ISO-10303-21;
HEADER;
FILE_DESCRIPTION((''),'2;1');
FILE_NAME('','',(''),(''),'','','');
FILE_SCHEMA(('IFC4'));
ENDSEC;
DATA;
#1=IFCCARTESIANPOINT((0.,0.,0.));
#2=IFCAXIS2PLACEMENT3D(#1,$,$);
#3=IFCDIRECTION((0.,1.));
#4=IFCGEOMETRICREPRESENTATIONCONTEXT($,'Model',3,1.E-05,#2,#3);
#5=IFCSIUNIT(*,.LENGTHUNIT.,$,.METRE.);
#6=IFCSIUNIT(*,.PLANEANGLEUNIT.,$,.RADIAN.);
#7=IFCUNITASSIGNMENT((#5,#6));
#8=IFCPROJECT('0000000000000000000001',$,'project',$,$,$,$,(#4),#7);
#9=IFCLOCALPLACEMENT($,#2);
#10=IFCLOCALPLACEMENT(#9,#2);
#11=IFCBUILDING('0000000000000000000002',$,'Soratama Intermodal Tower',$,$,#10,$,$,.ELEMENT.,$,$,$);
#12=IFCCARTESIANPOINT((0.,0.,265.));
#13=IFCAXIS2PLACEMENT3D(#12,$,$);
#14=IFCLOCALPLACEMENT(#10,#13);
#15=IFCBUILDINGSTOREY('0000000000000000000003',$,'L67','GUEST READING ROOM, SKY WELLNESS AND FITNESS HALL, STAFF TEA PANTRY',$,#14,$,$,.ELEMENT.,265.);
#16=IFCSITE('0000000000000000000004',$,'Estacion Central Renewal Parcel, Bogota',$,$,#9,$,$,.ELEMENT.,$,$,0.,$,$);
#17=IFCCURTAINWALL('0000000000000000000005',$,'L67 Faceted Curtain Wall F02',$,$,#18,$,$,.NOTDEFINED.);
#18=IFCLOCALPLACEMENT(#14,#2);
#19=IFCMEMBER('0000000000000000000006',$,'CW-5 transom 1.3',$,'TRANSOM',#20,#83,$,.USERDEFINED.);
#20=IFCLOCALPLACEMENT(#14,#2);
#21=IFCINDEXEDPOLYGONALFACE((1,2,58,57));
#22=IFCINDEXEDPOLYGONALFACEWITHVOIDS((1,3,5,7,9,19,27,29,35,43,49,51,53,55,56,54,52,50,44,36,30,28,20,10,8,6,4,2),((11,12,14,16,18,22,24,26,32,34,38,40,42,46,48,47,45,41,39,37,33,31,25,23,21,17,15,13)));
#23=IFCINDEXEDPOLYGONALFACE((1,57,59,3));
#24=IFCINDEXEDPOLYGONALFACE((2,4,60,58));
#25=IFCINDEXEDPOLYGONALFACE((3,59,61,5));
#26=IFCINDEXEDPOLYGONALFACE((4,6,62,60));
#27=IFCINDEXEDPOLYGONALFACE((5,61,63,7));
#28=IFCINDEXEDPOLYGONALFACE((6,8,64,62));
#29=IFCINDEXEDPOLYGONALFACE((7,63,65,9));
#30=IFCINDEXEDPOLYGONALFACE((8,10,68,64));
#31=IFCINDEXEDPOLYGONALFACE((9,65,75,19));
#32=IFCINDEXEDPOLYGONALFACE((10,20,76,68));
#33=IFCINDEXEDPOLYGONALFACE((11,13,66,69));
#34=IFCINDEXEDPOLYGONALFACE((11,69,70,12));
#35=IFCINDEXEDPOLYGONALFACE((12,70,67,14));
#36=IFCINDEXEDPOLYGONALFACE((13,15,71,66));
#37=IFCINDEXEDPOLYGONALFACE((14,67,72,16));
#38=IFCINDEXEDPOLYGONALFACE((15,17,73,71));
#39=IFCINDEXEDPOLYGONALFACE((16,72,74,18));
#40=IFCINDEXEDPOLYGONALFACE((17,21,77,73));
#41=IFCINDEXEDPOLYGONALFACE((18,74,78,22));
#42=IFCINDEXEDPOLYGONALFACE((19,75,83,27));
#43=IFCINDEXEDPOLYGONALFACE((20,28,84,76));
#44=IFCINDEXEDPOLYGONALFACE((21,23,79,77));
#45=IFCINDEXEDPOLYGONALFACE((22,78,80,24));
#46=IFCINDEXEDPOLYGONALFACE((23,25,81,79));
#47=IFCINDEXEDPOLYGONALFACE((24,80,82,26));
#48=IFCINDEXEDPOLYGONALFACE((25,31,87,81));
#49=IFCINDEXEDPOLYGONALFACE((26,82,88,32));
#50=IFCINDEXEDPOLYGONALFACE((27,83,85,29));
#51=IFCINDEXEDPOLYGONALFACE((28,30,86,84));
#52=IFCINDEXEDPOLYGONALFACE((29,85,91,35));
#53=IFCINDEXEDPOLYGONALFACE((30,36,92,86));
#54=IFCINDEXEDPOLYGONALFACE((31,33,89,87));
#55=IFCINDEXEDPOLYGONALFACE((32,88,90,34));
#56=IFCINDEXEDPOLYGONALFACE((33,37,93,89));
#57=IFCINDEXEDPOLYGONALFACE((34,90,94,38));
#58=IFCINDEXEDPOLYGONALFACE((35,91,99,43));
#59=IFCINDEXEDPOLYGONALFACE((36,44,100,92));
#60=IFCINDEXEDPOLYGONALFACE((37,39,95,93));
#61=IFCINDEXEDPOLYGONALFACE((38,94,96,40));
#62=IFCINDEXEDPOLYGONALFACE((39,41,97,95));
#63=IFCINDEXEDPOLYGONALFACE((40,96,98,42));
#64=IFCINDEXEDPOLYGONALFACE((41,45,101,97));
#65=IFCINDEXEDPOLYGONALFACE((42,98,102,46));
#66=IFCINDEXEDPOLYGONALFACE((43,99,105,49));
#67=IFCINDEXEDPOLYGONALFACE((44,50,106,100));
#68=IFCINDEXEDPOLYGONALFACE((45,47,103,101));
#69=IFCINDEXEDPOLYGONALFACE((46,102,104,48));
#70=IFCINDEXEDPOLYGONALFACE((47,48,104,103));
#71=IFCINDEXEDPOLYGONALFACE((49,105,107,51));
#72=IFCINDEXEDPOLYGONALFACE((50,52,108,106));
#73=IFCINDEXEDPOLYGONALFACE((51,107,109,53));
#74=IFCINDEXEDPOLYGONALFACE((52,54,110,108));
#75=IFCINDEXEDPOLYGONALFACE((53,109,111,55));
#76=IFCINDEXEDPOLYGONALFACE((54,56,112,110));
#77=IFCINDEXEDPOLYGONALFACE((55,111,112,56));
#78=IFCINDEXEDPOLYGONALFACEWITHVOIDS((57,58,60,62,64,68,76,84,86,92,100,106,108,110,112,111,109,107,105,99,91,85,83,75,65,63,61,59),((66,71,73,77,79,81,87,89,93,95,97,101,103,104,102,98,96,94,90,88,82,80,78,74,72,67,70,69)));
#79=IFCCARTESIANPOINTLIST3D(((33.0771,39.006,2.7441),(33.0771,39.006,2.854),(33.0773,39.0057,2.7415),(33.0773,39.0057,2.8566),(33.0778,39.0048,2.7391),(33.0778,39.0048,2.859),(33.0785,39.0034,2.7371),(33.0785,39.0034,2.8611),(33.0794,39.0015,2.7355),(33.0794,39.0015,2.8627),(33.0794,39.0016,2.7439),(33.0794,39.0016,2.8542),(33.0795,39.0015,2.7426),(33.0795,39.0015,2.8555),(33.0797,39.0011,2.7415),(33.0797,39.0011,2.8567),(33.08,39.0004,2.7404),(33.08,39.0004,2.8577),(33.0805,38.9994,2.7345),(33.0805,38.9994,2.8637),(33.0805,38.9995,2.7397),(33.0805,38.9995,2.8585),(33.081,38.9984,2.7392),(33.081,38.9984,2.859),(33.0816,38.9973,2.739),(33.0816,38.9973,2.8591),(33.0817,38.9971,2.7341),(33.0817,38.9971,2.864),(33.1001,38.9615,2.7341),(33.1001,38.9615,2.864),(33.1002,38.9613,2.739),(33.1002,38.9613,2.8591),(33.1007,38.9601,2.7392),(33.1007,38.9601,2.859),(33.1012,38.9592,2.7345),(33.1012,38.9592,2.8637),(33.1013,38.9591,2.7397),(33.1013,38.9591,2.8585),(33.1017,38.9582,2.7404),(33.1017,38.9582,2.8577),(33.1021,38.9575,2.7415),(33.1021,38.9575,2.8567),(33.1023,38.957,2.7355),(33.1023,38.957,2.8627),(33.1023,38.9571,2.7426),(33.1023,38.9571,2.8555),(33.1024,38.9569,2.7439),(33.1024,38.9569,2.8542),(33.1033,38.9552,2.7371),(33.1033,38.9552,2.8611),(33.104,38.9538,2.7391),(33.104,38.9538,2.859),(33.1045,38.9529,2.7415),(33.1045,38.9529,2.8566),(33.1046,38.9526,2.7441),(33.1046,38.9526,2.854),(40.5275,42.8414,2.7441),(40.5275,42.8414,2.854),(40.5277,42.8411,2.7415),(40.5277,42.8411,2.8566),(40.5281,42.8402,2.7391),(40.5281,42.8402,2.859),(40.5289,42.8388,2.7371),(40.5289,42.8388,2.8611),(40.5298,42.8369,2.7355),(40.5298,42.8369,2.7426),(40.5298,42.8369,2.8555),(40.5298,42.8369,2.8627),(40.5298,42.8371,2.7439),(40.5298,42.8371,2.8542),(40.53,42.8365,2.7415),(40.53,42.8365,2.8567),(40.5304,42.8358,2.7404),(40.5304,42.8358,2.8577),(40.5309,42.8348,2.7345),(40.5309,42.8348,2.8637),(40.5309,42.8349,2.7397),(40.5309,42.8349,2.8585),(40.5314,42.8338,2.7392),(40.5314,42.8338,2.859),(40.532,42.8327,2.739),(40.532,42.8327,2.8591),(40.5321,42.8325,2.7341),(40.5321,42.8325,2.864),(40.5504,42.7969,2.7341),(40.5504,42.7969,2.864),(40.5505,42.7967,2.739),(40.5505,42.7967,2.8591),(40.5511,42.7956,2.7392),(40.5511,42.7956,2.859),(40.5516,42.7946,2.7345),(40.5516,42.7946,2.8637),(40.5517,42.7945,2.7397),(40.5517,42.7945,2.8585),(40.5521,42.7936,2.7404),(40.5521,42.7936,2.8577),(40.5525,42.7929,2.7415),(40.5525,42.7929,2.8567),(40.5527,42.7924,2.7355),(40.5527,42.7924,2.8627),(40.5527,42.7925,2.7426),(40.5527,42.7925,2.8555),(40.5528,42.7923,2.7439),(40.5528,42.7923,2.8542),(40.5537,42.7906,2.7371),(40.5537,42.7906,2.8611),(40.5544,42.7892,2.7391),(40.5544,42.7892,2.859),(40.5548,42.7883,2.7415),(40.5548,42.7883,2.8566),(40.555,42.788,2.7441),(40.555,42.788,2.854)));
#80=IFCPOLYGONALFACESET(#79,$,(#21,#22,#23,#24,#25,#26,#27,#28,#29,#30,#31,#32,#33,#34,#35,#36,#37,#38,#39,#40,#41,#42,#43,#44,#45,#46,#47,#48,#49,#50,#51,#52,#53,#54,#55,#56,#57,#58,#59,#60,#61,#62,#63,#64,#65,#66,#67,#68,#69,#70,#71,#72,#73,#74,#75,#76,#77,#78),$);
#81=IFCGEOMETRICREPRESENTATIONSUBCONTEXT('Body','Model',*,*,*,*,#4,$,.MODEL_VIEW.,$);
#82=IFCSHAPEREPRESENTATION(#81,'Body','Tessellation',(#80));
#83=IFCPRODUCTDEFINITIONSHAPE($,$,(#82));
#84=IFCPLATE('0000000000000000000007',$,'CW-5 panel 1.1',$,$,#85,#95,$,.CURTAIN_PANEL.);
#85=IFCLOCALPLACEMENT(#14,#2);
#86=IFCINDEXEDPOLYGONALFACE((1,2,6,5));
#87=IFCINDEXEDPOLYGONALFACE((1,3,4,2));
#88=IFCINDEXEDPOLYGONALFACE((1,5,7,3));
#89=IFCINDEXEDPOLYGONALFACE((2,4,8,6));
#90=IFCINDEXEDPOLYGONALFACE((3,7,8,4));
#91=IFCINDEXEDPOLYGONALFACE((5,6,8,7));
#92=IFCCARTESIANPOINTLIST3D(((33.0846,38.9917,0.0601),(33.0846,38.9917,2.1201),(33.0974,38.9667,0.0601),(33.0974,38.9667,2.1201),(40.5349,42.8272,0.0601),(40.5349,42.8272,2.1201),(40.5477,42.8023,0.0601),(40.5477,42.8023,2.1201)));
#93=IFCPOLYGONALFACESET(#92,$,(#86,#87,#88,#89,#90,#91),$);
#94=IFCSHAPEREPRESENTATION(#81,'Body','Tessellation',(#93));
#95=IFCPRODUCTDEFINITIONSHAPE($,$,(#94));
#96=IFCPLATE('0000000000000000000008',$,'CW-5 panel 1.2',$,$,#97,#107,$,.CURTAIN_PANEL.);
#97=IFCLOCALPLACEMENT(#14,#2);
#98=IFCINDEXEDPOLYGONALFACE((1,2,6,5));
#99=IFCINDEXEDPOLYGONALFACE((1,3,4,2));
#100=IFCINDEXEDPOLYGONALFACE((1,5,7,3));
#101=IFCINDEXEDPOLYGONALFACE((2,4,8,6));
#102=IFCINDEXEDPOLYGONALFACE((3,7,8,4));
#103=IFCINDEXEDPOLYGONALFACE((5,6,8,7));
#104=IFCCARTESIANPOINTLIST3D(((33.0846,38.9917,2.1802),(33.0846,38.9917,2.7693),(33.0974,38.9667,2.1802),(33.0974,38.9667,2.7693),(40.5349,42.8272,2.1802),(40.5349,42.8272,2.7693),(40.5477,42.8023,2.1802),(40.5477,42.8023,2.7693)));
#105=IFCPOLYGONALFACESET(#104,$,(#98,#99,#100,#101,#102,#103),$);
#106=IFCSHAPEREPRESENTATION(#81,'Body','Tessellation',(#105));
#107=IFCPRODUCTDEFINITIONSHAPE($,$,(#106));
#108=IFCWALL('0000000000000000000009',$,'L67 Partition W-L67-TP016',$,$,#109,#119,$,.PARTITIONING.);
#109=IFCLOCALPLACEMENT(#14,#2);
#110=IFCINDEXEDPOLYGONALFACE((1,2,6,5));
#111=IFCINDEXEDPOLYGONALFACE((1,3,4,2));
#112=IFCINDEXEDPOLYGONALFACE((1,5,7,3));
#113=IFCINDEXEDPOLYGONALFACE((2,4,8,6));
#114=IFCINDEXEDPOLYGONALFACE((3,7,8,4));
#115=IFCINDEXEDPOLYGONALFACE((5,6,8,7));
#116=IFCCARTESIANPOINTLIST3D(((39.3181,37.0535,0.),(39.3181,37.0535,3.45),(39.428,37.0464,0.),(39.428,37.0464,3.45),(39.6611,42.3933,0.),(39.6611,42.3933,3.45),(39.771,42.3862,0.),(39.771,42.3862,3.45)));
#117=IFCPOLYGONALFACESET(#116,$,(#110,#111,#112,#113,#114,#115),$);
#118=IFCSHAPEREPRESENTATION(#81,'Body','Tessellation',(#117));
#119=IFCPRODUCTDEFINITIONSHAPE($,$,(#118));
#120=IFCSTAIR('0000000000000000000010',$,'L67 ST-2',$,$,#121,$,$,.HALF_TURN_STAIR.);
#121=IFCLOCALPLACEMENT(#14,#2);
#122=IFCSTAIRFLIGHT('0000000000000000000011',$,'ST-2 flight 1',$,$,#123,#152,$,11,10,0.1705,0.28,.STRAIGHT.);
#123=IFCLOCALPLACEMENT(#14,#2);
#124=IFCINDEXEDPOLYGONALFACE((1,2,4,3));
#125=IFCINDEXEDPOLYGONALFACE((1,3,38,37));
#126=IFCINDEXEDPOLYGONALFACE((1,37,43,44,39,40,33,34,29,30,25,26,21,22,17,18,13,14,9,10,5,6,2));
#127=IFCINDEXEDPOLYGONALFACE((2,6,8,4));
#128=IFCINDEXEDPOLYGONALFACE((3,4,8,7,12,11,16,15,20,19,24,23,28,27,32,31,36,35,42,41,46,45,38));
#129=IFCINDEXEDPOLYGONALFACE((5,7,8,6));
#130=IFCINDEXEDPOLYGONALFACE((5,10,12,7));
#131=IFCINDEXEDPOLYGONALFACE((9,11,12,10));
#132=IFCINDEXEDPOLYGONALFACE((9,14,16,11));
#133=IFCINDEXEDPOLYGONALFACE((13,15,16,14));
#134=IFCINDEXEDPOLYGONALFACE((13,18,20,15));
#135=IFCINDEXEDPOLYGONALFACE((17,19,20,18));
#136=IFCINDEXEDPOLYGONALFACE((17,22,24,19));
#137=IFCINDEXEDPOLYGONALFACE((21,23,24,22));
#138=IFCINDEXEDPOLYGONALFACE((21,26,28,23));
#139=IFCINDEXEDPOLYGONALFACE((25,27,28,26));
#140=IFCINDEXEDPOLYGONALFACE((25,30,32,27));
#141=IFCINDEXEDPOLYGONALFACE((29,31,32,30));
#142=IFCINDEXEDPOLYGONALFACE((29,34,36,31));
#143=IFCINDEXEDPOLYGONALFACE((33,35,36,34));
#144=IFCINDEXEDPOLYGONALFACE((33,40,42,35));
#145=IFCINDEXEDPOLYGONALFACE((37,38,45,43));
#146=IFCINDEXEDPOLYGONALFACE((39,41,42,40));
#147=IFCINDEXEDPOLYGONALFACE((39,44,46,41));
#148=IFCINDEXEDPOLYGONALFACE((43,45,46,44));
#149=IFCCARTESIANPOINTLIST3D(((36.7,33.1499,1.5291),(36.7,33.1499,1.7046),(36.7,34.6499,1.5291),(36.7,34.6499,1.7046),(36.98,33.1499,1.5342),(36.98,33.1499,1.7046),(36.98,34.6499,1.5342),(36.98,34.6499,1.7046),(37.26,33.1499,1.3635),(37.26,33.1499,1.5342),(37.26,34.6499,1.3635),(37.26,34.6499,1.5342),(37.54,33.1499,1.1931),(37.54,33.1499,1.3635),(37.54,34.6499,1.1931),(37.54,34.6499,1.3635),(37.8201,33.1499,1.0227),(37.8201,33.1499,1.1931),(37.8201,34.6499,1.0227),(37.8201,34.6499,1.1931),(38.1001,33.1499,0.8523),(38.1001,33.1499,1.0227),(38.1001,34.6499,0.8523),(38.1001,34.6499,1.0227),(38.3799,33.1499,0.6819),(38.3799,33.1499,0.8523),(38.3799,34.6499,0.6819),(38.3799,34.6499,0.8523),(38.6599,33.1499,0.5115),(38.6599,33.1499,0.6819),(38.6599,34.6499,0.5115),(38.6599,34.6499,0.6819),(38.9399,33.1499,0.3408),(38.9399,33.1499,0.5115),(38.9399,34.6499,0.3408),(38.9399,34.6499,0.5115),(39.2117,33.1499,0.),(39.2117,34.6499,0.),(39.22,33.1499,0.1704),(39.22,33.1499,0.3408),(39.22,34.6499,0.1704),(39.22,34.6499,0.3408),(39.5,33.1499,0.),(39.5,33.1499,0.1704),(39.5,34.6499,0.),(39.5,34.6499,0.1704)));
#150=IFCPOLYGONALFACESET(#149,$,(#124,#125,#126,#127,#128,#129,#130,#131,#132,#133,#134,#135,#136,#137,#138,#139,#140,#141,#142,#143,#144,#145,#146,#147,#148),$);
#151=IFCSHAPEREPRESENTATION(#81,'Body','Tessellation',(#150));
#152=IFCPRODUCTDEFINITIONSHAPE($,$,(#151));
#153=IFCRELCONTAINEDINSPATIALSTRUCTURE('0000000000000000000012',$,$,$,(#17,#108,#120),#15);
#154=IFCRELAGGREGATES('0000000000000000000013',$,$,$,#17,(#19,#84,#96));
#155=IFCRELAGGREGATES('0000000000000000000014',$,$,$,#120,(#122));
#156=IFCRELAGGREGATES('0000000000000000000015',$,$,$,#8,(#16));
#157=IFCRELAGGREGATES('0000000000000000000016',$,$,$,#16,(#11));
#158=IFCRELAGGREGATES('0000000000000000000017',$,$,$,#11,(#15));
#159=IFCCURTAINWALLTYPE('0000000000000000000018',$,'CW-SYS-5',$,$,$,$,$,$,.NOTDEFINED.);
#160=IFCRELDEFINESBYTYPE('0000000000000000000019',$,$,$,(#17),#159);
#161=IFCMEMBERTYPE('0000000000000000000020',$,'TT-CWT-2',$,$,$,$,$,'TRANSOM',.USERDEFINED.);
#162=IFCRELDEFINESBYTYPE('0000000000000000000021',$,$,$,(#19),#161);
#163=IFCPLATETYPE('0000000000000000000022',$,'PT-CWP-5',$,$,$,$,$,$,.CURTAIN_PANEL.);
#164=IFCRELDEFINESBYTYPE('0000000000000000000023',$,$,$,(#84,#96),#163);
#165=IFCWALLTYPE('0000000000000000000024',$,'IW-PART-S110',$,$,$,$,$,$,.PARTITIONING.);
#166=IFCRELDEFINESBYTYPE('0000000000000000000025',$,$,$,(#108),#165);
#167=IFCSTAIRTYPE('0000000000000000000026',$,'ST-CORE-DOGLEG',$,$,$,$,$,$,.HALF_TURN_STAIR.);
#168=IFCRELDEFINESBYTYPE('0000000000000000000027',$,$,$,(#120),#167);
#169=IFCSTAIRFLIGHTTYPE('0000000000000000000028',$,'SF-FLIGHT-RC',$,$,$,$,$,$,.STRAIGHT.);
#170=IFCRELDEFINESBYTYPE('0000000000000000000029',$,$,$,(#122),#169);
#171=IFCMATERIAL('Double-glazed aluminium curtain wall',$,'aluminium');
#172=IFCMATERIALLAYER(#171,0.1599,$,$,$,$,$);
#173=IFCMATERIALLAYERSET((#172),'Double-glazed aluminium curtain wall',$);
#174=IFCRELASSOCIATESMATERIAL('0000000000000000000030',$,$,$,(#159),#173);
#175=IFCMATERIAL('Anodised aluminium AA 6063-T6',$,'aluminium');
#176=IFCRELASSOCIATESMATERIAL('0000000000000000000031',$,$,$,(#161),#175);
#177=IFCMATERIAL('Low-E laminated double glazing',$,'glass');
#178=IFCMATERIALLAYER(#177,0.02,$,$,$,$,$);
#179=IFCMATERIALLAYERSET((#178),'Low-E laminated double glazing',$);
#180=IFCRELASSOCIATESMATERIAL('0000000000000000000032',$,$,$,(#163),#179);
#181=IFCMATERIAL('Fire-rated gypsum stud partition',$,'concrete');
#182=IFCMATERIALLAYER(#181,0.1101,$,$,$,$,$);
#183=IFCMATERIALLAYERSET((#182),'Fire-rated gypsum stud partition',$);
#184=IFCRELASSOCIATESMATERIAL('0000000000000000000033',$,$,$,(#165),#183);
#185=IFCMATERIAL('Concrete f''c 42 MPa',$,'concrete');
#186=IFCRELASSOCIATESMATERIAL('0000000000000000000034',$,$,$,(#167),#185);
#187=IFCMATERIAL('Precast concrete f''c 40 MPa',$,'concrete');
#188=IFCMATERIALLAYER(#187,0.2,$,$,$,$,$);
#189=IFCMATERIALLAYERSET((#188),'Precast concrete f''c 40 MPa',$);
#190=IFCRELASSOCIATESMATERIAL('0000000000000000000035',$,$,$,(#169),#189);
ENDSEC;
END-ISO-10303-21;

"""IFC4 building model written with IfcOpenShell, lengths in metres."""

from ifc_helpers import new_model, si_unit, direction, frame, frame_2d, origin, origin_2d, place, context, subcontext, project, spatial, polyline, rectangle, hollow_rectangle, outline, extrude, material, layer, layer_set, material_profile, profile_set, type_object, element, aggregate, save


model = new_model("IFC4")

# Units and contexts
model_context = context("Model", 3, precision=1e-05, world=origin(), true_north=direction((0.0, 1.0)))
body_context = subcontext(model_context, "Body", "Model", "MODEL_VIEW")
ifc_project = project(units=[si_unit("LENGTHUNIT", "METRE"), si_unit("PLANEANGLEUNIT", "RADIAN")], contexts=[model_context])

# Site, building, storey
site_placement = place(None, origin())
site = spatial("IfcSite", under=ifc_project, at=site_placement, Name="Estacion Central Renewal Parcel, Bogota", CompositionType="ELEMENT", RefElevation=0.0)
building_placement = place(site_placement, origin())
building = spatial("IfcBuilding", under=site, at=building_placement, Name="Soratama Intermodal Tower", CompositionType="ELEMENT")
storey_placement = place(building_placement, frame((0.0, 0.0, 265.0)))
storey = spatial("IfcBuildingStorey", under=building, at=storey_placement, Name="L67", Description="GUEST READING ROOM, SKY WELLNESS AND FITNESS HALL, STAFF TEA PANTRY", CompositionType="ELEMENT", Elevation=265.0)

# Curtain wall, member, plates
ifc_material_1 = material(Name="Double-glazed aluminium curtain wall", Category="aluminium")
ifc_layer_1 = layer(ifc_material_1, 0.1599)
ifc_layer_set_1 = layer_set([ifc_layer_1], Name="Double-glazed aluminium curtain wall")
curtain_wall_type = type_object("IfcCurtainWallType", Name="CW-SYS-5", PredefinedType="NOTDEFINED", material=ifc_layer_set_1)
curtain_wall_placement = place(storey_placement, origin())
curtain_wall = element("IfcCurtainWall", 1, at=curtain_wall_placement, inside=storey, type_object=curtain_wall_type, Name="L67 Faceted Curtain Wall F02", PredefinedType="NOTDEFINED")
ifc_material_2 = material(Name="Anodised aluminium AA 6063-T6", Category="aluminium")
ifc_material_profile_1 = material_profile(ifc_material_2, hollow_rectangle(XDim=0.0601, YDim=0.1299, WallThickness=0.0049, InnerFilletRadius=0.0049, OuterFilletRadius=0.01, at=origin_2d()), Name="CWT130X60X5")
ifc_profile_set_1 = profile_set([ifc_material_profile_1], Name="Anodised aluminium AA 6063-T6")
member_type_1 = type_object("IfcMemberType", Name="TT-CWT-2", ElementType="TRANSOM", PredefinedType="USERDEFINED", material=ifc_profile_set_1)
member_1_placement = place(storey_placement, frame((40.5413, 42.8147, 2.7991), z_axis=(-0.889104, -0.457706, 0.0), x_axis=(0.457706, -0.889104, 0.0)))
member_1 = element("IfcMember", 2, at=member_1_placement, type_object=member_type_1, Name="CW-5 transom 1.3", ObjectType="TRANSOM", PredefinedType="USERDEFINED", context=body_context, shape_type="SweptSolid", body=[
    extrude(hollow_rectangle(XDim=0.0601, YDim=0.1299, WallThickness=0.0049, InnerFilletRadius=0.0049, OuterFilletRadius=0.01, at=origin_2d()), origin(), (0.0, 0.0, 1.0), 8.3796),
])
ifc_material_3 = material(Name="Low-E laminated double glazing", Category="glass")
ifc_layer_2 = layer(ifc_material_3, 0.02)
ifc_layer_set_2 = layer_set([ifc_layer_2], Name="Low-E laminated double glazing")
plate_type = type_object("IfcPlateType", Name="PT-CWP-5", PredefinedType="CURTAIN_PANEL", material=ifc_layer_set_2)
plate_1_placement = place(storey_placement, frame((36.8162, 40.897, 0.0601), z_axis=(0.0, 0.0, 1.0), x_axis=(-0.889097, -0.457719, 0.0)))
plate_1 = element("IfcPlate", 3, at=plate_1_placement, type_object=plate_type, Name="CW-5 panel 1.1", PredefinedType="CURTAIN_PANEL", context=body_context, shape_type="SweptSolid", body=[
    extrude(rectangle(XDim=8.3796, YDim=0.0281, at=origin_2d()), origin(), (0.0, 0.0, 1.0), 2.0601),
])
plate_2_placement = place(storey_placement, frame((36.8162, 40.897, 2.1802), z_axis=(0.0, 0.0, 1.0), x_axis=(-0.889097, -0.457719, 0.0)))
plate_2 = element("IfcPlate", 4, at=plate_2_placement, type_object=plate_type, Name="CW-5 panel 1.2", PredefinedType="CURTAIN_PANEL", context=body_context, shape_type="SweptSolid", body=[
    extrude(rectangle(XDim=8.3796, YDim=0.0281, at=origin_2d()), origin(), (0.0, 0.0, 1.0), 0.5891),
])
aggregate(curtain_wall, [member_1, plate_1, plate_2])

# Wall
ifc_material_4 = material(Name="Fire-rated gypsum stud partition", Category="concrete")
ifc_layer_3 = layer(ifc_material_4, 0.1101)
ifc_layer_set_3 = layer_set([ifc_layer_3], Name="Fire-rated gypsum stud partition")
wall_type_1 = type_object("IfcWallType", Name="IW-PART-S110", PredefinedType="PARTITIONING", material=ifc_layer_set_3)
wall_1_placement = place(storey_placement, frame((39.373, 37.05, 0.0), z_axis=(0.0, 0.0, 1.0), x_axis=(0.064105, 0.997943, 0.0)))
element("IfcWall", 5, at=wall_1_placement, inside=storey, type_object=wall_type_1, Name="L67 Partition W-L67-TP016", PredefinedType="PARTITIONING", context=body_context, shape_type="SweptSolid", body=[
    extrude(rectangle(XDim=5.3508, YDim=0.1101, at=frame_2d((2.6753, 0.0))), origin(), (0.0, 0.0, 1.0), 3.45),
])

# Stair, stair flight
ifc_material_5 = material(Name="Concrete f'c 42 MPa", Category="concrete")
stair_type = type_object("IfcStairType", Name="ST-CORE-DOGLEG", PredefinedType="HALF_TURN_STAIR", material=ifc_material_5)
stair_placement = place(storey_placement, origin())
stair = element("IfcStair", 6, at=stair_placement, inside=storey, type_object=stair_type, Name="L67 ST-2", PredefinedType="HALF_TURN_STAIR")
ifc_material_6 = material(Name="Precast concrete f'c 40 MPa", Category="concrete")
ifc_layer_4 = layer(ifc_material_6, 0.2)
ifc_layer_set_4 = layer_set([ifc_layer_4], Name="Precast concrete f'c 40 MPa")
stair_flight_type = type_object("IfcStairFlightType", Name="SF-FLIGHT-RC", PredefinedType="STRAIGHT", material=ifc_layer_set_4)
stair_flight_placement = place(storey_placement, frame((39.5, 33.8999, 0.0), z_axis=(0.0, 0.0, 1.0), x_axis=(-1.0, 0.0, 0.0)))
stair_flight = element("IfcStairFlight", 7, at=stair_flight_placement, type_object=stair_flight_type, Name="ST-2 flight 1", NumberOfRisers=11, NumberOfTreads=10, PredefinedType="STRAIGHT", RiserHeight=0.1705, TreadLength=0.28, context=body_context, shape_type="SweptSolid", body=[
    extrude(outline(polyline([(0.0, 0.0), (0.0, 0.1704), (0.28, 0.1704), (0.28, 0.3408), (0.5601, 0.3408), (0.5601, 0.5115), (0.8401, 0.5115), (0.8401, 0.6819), (1.1201, 0.6819), (1.1201, 0.8523), (1.3999, 0.8523), (1.3999, 1.0227), (1.6799, 1.0227), (1.6799, 1.1931), (1.96, 1.1931), (1.96, 1.3635), (2.24, 1.3635), (2.24, 1.5342), (2.52, 1.5342), (2.52, 1.7046), (2.8, 1.7046), (2.8, 1.875), (2.8, 1.5291), (0.2883, 0.0), (0.0, 0.0)])), frame((0.0, 0.75, 0.0), z_axis=(0.0, -1.0, 0.0), x_axis=(1.0, 0.0, 0.0)), (0.0, 0.0, 1.0), 1.5),
])
aggregate(stair, [stair_flight])

save(model, "model.ifc")
